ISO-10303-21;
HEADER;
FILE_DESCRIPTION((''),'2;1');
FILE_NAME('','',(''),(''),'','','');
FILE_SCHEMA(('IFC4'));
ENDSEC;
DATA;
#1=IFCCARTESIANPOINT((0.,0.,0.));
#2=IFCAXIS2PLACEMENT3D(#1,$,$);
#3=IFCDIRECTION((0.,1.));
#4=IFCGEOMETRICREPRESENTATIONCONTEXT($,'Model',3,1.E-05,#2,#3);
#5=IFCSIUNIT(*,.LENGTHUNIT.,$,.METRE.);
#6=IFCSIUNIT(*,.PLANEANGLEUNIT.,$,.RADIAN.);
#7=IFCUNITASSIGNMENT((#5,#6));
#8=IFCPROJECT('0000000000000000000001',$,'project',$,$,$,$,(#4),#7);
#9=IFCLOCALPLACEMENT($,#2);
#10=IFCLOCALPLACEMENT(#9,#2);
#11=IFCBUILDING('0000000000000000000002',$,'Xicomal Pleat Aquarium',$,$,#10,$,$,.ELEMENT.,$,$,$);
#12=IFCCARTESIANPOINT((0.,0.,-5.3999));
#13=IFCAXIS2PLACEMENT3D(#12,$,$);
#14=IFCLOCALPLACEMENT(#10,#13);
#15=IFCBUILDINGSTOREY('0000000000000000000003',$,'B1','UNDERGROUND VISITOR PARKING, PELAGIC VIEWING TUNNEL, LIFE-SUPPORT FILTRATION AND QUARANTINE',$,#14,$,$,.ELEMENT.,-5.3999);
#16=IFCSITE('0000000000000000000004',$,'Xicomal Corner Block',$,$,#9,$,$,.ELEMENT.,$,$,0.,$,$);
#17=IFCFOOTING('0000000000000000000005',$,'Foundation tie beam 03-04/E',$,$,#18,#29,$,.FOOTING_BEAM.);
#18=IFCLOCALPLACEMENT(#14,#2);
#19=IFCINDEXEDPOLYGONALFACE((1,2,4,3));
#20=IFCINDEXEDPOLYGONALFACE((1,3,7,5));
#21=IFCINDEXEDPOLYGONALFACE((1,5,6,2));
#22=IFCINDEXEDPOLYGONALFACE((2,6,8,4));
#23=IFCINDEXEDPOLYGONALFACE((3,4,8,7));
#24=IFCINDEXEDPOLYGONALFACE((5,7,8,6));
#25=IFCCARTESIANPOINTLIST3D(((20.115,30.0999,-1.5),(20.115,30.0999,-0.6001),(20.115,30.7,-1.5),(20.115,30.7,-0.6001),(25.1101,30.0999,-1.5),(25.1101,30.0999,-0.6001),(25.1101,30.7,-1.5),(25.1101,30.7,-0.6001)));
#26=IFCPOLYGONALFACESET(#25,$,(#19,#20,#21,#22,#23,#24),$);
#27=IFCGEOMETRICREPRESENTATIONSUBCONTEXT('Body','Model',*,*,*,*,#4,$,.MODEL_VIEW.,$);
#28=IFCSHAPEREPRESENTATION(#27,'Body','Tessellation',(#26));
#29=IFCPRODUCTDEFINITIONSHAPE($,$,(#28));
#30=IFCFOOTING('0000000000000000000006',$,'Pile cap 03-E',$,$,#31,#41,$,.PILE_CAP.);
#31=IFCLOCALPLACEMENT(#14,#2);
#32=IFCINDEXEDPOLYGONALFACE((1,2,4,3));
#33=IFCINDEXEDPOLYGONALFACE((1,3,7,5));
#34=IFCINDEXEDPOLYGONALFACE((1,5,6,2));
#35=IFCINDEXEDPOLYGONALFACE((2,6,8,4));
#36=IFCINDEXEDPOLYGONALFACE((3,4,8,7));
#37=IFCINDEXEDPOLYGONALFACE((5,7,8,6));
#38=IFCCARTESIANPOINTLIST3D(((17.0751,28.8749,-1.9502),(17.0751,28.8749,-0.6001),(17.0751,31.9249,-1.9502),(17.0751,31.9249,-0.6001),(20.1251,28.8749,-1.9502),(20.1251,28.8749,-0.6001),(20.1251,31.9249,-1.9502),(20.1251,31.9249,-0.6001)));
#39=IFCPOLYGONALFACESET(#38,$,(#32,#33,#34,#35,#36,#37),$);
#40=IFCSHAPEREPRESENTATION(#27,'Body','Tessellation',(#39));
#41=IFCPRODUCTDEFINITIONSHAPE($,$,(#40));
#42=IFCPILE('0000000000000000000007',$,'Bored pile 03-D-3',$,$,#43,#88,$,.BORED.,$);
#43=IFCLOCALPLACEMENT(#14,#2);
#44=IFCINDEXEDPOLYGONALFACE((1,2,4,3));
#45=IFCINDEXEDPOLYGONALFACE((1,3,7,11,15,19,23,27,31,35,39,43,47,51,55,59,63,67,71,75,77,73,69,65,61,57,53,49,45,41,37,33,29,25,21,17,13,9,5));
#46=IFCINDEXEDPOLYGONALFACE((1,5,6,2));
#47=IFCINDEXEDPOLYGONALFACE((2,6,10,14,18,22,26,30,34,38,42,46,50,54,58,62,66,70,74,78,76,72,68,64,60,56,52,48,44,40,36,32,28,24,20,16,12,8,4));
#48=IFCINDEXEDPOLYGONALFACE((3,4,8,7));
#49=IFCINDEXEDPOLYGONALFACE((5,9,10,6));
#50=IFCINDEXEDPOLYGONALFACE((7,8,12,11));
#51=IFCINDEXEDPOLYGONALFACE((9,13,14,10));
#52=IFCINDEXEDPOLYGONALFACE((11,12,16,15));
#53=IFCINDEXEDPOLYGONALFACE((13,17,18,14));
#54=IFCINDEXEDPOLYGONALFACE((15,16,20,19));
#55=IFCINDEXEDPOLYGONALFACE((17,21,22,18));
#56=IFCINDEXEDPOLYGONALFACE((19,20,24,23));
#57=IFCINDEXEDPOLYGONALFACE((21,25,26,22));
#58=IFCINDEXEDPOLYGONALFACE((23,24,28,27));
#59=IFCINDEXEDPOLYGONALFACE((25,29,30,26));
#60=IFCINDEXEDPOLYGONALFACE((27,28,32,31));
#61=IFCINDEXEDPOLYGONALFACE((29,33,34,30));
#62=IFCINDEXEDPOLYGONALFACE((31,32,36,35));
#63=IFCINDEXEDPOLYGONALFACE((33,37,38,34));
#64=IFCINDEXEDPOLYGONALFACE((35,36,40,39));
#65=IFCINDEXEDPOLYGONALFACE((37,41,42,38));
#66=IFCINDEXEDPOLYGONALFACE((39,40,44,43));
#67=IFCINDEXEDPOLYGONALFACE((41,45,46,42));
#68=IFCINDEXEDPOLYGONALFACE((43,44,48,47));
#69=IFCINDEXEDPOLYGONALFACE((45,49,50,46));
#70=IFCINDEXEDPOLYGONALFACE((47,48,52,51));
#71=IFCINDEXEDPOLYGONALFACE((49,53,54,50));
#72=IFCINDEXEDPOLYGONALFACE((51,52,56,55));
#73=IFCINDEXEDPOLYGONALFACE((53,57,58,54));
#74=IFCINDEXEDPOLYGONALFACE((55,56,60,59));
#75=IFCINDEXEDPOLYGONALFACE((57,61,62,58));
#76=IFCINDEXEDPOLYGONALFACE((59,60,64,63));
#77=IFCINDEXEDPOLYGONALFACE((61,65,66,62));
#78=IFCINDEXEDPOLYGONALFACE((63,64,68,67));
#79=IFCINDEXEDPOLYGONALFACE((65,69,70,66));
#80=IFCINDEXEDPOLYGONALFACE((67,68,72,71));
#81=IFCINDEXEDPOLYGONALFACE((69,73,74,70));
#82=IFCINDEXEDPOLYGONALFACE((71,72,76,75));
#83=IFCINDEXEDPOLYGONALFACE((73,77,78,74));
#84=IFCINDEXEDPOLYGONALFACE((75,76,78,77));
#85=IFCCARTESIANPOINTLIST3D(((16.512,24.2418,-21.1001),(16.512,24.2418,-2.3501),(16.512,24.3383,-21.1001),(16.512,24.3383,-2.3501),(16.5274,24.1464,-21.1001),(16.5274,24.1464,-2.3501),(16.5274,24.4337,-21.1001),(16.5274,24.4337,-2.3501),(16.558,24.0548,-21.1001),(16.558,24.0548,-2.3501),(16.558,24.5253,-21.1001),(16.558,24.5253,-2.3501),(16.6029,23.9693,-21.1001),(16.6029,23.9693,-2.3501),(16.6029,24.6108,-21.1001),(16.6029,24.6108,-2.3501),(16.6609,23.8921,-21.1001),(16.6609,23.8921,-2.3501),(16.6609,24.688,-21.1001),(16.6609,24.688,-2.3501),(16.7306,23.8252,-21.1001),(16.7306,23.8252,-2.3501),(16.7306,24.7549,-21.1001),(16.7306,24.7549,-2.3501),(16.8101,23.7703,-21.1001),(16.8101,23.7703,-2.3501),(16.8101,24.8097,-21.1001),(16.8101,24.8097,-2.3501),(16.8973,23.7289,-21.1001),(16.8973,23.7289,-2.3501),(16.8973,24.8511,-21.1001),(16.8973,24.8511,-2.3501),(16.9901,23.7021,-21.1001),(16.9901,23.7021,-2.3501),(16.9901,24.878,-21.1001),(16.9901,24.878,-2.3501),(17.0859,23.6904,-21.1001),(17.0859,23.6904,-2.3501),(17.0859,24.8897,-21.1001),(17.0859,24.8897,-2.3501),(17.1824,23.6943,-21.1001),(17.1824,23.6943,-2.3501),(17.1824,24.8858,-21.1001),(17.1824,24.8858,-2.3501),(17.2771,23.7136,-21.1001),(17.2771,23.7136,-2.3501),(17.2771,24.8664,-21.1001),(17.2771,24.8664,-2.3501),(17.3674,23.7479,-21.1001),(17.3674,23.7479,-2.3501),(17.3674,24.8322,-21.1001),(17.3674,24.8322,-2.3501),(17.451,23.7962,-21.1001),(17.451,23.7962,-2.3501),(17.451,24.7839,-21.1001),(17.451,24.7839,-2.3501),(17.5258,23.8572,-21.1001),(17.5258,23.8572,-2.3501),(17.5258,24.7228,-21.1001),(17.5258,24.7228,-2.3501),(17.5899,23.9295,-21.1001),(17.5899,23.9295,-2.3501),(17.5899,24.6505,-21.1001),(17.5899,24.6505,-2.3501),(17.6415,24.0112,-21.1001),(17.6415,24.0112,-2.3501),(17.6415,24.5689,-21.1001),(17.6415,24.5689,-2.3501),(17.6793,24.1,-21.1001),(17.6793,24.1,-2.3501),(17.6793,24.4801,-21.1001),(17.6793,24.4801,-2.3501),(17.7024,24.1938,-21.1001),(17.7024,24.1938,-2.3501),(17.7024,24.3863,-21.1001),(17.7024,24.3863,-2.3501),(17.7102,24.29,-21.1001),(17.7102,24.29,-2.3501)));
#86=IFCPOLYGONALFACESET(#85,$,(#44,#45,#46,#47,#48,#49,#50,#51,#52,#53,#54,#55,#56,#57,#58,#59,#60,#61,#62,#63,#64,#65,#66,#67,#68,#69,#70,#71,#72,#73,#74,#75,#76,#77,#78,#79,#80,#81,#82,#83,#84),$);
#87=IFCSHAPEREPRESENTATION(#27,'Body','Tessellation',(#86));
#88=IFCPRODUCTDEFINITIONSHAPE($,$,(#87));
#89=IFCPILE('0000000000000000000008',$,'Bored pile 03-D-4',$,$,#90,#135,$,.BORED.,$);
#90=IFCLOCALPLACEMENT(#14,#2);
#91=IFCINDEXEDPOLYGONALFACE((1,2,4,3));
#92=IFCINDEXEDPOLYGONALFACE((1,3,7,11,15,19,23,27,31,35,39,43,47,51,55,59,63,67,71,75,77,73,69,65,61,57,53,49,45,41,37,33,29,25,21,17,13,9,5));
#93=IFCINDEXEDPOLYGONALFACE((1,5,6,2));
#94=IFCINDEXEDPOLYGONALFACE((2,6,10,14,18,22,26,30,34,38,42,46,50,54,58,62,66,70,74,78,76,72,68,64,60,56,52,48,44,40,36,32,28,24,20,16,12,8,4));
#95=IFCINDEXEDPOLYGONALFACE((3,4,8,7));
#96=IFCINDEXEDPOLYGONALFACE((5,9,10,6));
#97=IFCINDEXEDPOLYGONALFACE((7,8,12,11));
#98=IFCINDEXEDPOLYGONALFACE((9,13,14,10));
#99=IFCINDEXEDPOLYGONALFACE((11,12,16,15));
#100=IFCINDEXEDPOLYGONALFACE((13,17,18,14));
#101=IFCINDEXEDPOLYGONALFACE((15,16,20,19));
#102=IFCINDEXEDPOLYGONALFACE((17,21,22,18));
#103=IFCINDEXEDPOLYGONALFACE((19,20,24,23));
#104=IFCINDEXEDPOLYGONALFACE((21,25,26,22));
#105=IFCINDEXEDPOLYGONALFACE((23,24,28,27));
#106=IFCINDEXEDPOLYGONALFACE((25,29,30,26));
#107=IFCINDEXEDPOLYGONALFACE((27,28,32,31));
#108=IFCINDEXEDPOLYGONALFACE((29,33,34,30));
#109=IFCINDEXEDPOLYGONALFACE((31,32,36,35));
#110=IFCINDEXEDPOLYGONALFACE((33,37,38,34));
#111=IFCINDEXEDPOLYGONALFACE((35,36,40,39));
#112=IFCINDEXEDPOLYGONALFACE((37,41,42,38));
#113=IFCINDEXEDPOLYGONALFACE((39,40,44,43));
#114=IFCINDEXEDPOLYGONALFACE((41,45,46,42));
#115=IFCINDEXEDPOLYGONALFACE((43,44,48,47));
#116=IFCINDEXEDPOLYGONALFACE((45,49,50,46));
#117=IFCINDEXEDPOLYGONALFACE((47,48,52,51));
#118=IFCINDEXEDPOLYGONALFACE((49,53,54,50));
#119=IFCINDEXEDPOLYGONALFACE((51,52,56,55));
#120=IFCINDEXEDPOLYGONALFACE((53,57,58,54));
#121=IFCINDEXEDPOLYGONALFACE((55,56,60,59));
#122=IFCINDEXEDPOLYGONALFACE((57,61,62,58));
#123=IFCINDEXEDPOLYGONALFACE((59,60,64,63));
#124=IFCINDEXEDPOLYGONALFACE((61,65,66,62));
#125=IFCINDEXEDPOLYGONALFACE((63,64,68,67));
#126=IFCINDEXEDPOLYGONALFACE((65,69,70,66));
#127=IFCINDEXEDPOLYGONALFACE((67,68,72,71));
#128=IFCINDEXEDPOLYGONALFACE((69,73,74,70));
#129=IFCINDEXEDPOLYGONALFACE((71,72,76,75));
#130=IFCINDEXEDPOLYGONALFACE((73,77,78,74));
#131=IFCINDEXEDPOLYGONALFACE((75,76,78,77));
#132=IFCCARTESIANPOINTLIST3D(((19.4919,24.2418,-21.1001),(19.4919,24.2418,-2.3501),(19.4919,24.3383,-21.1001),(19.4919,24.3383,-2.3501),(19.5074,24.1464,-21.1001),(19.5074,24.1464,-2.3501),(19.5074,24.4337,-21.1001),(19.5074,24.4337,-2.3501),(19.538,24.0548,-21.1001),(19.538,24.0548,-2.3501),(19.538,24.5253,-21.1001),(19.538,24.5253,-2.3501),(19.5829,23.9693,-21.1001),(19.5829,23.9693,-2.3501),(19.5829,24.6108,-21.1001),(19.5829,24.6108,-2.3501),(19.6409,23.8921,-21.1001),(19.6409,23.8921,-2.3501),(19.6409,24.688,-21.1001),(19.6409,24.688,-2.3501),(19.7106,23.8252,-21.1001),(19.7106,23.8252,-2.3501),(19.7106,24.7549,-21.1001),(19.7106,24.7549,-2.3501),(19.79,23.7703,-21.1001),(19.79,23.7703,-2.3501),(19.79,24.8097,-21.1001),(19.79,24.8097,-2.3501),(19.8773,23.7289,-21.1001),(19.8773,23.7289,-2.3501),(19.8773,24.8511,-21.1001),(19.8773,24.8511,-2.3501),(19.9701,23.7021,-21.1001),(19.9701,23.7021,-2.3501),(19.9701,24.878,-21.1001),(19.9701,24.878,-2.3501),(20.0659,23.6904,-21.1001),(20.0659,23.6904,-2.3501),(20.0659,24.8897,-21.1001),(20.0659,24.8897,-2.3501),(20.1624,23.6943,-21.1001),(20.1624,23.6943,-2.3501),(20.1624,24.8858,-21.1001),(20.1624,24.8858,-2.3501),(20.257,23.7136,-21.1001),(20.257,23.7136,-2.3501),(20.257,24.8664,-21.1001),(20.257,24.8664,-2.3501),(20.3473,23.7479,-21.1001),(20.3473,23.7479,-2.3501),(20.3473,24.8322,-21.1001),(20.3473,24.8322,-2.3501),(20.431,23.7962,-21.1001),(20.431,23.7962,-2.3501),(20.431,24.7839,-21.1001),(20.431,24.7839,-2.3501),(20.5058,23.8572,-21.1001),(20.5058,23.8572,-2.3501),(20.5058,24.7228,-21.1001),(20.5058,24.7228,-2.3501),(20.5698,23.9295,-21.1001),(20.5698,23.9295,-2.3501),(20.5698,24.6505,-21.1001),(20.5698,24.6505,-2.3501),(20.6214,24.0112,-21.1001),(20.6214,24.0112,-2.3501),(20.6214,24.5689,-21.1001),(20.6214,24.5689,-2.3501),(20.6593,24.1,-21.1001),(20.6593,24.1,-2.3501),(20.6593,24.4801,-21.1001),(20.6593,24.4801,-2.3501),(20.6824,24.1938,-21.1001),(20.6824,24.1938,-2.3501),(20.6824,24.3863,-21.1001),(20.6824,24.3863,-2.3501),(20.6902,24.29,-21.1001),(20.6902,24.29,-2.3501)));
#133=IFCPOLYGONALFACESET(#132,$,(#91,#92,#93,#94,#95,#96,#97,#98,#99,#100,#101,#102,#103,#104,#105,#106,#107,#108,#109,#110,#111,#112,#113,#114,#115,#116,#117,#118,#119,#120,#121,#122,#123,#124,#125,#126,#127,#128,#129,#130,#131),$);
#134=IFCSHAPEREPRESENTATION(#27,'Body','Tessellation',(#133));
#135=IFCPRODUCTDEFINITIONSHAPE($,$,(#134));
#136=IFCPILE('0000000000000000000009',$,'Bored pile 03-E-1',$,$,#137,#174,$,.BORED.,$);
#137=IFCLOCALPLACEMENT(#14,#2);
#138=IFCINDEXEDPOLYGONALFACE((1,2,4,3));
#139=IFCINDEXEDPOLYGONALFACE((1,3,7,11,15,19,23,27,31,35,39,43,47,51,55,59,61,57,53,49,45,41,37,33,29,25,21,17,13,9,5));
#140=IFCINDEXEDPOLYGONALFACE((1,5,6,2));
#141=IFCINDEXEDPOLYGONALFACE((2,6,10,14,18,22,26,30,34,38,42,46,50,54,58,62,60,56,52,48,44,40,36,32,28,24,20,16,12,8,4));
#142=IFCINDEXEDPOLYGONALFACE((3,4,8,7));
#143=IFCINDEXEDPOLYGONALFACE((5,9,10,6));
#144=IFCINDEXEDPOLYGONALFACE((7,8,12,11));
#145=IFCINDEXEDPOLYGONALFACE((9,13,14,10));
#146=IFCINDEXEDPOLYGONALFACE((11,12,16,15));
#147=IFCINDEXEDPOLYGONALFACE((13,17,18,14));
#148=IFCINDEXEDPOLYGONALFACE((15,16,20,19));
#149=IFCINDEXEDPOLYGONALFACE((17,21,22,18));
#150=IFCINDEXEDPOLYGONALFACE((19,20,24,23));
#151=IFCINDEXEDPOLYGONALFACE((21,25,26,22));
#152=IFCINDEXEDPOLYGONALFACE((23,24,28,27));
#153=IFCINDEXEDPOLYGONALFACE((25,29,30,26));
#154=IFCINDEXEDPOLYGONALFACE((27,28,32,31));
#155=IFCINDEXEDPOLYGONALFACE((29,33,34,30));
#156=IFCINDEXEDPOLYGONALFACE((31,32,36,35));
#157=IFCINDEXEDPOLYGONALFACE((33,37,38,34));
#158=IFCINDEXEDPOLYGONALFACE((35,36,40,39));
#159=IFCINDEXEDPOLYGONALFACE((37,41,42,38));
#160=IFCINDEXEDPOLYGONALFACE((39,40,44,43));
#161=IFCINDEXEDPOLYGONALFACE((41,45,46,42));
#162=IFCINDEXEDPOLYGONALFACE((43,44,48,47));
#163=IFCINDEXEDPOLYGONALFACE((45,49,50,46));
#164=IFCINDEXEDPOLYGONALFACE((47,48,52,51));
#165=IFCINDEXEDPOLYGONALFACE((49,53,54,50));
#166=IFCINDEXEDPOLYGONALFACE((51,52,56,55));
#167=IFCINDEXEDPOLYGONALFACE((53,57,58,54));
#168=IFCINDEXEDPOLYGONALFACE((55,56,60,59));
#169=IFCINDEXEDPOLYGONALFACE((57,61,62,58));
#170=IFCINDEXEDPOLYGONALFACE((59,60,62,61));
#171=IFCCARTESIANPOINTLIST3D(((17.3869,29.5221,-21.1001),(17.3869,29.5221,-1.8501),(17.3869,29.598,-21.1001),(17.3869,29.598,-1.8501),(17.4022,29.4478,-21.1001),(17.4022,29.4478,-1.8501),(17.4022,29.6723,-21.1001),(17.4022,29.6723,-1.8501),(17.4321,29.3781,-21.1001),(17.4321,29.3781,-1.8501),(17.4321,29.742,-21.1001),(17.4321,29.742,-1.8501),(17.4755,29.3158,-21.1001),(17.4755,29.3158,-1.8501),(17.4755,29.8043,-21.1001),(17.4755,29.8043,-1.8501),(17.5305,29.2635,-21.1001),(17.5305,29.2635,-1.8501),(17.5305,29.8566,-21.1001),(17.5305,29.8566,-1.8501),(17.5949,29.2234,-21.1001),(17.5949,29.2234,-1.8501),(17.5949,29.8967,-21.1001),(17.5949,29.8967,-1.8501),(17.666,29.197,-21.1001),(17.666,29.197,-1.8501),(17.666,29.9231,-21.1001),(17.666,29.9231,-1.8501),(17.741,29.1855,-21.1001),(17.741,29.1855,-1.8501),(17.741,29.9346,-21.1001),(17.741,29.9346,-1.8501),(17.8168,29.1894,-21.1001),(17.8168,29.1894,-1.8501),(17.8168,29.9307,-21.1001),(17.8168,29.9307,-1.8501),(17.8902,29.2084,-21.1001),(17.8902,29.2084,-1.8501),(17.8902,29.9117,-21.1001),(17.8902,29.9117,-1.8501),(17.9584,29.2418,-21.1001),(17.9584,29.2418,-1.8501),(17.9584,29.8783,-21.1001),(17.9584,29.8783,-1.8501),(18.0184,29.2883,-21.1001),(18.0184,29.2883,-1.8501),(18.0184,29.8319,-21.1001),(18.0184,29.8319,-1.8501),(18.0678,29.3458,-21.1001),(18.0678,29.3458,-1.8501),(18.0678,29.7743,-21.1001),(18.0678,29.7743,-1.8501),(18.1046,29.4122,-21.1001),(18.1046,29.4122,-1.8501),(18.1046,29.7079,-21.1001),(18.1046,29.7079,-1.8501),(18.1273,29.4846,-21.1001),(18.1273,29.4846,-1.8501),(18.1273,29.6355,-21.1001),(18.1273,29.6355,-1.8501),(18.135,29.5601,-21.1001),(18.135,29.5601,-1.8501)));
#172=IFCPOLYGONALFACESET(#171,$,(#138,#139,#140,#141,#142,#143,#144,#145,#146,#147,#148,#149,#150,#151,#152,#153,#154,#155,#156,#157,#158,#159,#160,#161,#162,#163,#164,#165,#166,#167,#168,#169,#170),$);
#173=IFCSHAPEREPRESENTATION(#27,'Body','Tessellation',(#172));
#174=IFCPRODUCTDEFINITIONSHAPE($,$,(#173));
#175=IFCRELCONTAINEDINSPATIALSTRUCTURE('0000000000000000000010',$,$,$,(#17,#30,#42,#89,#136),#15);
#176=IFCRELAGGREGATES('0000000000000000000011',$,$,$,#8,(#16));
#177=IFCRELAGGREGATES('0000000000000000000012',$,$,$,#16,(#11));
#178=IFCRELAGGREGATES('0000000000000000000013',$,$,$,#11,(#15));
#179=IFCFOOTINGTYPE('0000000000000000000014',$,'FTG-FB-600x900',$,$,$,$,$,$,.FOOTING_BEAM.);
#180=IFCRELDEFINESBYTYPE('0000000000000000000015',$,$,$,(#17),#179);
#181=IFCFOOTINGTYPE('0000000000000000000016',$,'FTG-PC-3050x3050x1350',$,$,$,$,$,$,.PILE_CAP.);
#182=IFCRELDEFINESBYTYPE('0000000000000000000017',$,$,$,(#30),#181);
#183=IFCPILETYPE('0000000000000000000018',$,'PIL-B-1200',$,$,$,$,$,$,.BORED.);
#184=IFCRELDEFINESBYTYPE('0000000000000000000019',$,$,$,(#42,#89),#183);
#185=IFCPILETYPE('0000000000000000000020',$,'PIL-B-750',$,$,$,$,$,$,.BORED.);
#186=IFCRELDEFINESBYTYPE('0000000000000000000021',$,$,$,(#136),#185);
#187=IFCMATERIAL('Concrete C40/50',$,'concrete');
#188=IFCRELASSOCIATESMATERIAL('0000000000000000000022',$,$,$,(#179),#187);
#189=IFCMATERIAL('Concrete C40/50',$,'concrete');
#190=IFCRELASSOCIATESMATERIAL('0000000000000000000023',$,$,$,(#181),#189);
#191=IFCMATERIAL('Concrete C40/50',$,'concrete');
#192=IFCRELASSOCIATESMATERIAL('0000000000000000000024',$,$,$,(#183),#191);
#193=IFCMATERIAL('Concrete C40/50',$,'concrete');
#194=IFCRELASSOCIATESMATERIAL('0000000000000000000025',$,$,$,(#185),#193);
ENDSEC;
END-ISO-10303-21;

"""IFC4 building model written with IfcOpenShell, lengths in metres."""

from ifc_helpers import new_model, si_unit, direction, frame, origin, origin_2d, place, context, subcontext, project, spatial, rectangle, circle, extrude, material, material_profile, profile_set, type_object, element, save


model = new_model("IFC4")

# Units and contexts
model_context = context("Model", 3, precision=1e-05, world=origin(), true_north=direction((0.0, 1.0)))
body_context = subcontext(model_context, "Body", "Model", "MODEL_VIEW")
ifc_project = project(units=[si_unit("LENGTHUNIT", "METRE"), si_unit("PLANEANGLEUNIT", "RADIAN")], contexts=[model_context])

# Site, building, storey
site_placement = place(None, origin())
site = spatial("IfcSite", under=ifc_project, at=site_placement, Name="Xicomal Corner Block", CompositionType="ELEMENT", RefElevation=0.0)
building_placement = place(site_placement, origin())
building = spatial("IfcBuilding", under=site, at=building_placement, Name="Xicomal Pleat Aquarium", CompositionType="ELEMENT")
storey_placement = place(building_placement, frame((0.0, 0.0, -5.3999)))
storey = spatial("IfcBuildingStorey", under=building, at=storey_placement, Name="B1", Description="UNDERGROUND VISITOR PARKING, PELAGIC VIEWING TUNNEL, LIFE-SUPPORT FILTRATION AND QUARANTINE", CompositionType="ELEMENT", Elevation=-5.3999)

# Footings
ifc_material_1 = material(Name="Concrete C40/50", Category="concrete")
ifc_material_profile_1 = material_profile(ifc_material_1, rectangle(XDim=0.6001, YDim=0.8999, at=origin_2d()), Name="FB-02 600x900")
ifc_profile_set_1 = profile_set([ifc_material_profile_1], Name="Concrete C40/50")
footing_type_1 = type_object("IfcFootingType", Name="FTG-FB-600x900", PredefinedType="FOOTING_BEAM", material=ifc_profile_set_1)
footing_1_placement = place(storey_placement, frame((20.115, 30.3999, -1.05), z_axis=(1.0, 0.0, 0.0), x_axis=(0.0, 1.0, 0.0)))
element("IfcFooting", 1, at=footing_1_placement, inside=storey, type_object=footing_type_1, Name="Foundation tie beam 03-04/E", PredefinedType="FOOTING_BEAM", context=body_context, shape_type="SweptSolid", body=[
    extrude(rectangle(XDim=0.6001, YDim=0.8999, at=origin_2d()), origin(), (0.0, 0.0, 1.0), 4.9951),
])
ifc_material_2 = material(Name="Concrete C40/50", Category="concrete")
footing_type_2 = type_object("IfcFootingType", Name="FTG-PC-3050x3050x1350", PredefinedType="PILE_CAP", material=ifc_material_2)
footing_2_placement = place(storey_placement, frame((18.6001, 30.3999, -1.9502), z_axis=(0.0, 0.0, 1.0), x_axis=(1.0, 0.0, 0.0)))
element("IfcFooting", 2, at=footing_2_placement, inside=storey, type_object=footing_type_2, Name="Pile cap 03-E", PredefinedType="PILE_CAP", context=body_context, shape_type="SweptSolid", body=[
    extrude(rectangle(XDim=3.05, YDim=3.05, at=origin_2d()), origin(), (0.0, 0.0, 1.0), 1.3501),
])

# Piles
ifc_material_3 = material(Name="Concrete C40/50", Category="concrete")
ifc_material_profile_2 = material_profile(ifc_material_3, circle(Radius=0.6001, at=origin_2d()), Name="BORED PILE D1200")
ifc_profile_set_2 = profile_set([ifc_material_profile_2], Name="Concrete C40/50")
pile_type_1 = type_object("IfcPileType", Name="PIL-B-1200", PredefinedType="BORED", material=ifc_profile_set_2)
for number, where, z_axis, x_axis, name in (
    (3, (17.1101, 24.29, -2.3501), (0.0, 0.0, -1.0), (1.0, 0.0, 0.0), "Bored pile 03-D-3"),
    (4, (20.0901, 24.29, -2.3501), (0.0, 0.0, -1.0), (1.0, 0.0, 0.0), "Bored pile 03-D-4"),
):
    element("IfcPile", number, at=place(storey_placement, frame(where, z_axis=z_axis, x_axis=x_axis)), inside=storey, type_object=pile_type_1, Name=name, PredefinedType="BORED", context=body_context, shape_type="SweptSolid", body=[
        extrude(circle(Radius=0.6001, at=origin_2d()), origin(), (0.0, 0.0, 1.0), 18.75),
    ])
ifc_material_4 = material(Name="Concrete C40/50", Category="concrete")
ifc_material_profile_3 = material_profile(ifc_material_4, circle(Radius=0.375, at=origin_2d()), Name="BORED PILE D750")
ifc_profile_set_3 = profile_set([ifc_material_profile_3], Name="Concrete C40/50")
pile_type_2 = type_object("IfcPileType", Name="PIL-B-750", PredefinedType="BORED", material=ifc_profile_set_3)
for number, where, z_axis, x_axis, name in (
    (5, (17.76, 29.5601, -1.8501), (0.0, 0.0, -1.0), (1.0, 0.0, 0.0), "Bored pile 03-E-1"),
):
    element("IfcPile", number, at=place(storey_placement, frame(where, z_axis=z_axis, x_axis=x_axis)), inside=storey, type_object=pile_type_2, Name=name, PredefinedType="BORED", context=body_context, shape_type="SweptSolid", body=[
        extrude(circle(Radius=0.375, at=origin_2d()), origin(), (0.0, 0.0, 1.0), 19.25),
    ])

save(model, "model.ifc")
